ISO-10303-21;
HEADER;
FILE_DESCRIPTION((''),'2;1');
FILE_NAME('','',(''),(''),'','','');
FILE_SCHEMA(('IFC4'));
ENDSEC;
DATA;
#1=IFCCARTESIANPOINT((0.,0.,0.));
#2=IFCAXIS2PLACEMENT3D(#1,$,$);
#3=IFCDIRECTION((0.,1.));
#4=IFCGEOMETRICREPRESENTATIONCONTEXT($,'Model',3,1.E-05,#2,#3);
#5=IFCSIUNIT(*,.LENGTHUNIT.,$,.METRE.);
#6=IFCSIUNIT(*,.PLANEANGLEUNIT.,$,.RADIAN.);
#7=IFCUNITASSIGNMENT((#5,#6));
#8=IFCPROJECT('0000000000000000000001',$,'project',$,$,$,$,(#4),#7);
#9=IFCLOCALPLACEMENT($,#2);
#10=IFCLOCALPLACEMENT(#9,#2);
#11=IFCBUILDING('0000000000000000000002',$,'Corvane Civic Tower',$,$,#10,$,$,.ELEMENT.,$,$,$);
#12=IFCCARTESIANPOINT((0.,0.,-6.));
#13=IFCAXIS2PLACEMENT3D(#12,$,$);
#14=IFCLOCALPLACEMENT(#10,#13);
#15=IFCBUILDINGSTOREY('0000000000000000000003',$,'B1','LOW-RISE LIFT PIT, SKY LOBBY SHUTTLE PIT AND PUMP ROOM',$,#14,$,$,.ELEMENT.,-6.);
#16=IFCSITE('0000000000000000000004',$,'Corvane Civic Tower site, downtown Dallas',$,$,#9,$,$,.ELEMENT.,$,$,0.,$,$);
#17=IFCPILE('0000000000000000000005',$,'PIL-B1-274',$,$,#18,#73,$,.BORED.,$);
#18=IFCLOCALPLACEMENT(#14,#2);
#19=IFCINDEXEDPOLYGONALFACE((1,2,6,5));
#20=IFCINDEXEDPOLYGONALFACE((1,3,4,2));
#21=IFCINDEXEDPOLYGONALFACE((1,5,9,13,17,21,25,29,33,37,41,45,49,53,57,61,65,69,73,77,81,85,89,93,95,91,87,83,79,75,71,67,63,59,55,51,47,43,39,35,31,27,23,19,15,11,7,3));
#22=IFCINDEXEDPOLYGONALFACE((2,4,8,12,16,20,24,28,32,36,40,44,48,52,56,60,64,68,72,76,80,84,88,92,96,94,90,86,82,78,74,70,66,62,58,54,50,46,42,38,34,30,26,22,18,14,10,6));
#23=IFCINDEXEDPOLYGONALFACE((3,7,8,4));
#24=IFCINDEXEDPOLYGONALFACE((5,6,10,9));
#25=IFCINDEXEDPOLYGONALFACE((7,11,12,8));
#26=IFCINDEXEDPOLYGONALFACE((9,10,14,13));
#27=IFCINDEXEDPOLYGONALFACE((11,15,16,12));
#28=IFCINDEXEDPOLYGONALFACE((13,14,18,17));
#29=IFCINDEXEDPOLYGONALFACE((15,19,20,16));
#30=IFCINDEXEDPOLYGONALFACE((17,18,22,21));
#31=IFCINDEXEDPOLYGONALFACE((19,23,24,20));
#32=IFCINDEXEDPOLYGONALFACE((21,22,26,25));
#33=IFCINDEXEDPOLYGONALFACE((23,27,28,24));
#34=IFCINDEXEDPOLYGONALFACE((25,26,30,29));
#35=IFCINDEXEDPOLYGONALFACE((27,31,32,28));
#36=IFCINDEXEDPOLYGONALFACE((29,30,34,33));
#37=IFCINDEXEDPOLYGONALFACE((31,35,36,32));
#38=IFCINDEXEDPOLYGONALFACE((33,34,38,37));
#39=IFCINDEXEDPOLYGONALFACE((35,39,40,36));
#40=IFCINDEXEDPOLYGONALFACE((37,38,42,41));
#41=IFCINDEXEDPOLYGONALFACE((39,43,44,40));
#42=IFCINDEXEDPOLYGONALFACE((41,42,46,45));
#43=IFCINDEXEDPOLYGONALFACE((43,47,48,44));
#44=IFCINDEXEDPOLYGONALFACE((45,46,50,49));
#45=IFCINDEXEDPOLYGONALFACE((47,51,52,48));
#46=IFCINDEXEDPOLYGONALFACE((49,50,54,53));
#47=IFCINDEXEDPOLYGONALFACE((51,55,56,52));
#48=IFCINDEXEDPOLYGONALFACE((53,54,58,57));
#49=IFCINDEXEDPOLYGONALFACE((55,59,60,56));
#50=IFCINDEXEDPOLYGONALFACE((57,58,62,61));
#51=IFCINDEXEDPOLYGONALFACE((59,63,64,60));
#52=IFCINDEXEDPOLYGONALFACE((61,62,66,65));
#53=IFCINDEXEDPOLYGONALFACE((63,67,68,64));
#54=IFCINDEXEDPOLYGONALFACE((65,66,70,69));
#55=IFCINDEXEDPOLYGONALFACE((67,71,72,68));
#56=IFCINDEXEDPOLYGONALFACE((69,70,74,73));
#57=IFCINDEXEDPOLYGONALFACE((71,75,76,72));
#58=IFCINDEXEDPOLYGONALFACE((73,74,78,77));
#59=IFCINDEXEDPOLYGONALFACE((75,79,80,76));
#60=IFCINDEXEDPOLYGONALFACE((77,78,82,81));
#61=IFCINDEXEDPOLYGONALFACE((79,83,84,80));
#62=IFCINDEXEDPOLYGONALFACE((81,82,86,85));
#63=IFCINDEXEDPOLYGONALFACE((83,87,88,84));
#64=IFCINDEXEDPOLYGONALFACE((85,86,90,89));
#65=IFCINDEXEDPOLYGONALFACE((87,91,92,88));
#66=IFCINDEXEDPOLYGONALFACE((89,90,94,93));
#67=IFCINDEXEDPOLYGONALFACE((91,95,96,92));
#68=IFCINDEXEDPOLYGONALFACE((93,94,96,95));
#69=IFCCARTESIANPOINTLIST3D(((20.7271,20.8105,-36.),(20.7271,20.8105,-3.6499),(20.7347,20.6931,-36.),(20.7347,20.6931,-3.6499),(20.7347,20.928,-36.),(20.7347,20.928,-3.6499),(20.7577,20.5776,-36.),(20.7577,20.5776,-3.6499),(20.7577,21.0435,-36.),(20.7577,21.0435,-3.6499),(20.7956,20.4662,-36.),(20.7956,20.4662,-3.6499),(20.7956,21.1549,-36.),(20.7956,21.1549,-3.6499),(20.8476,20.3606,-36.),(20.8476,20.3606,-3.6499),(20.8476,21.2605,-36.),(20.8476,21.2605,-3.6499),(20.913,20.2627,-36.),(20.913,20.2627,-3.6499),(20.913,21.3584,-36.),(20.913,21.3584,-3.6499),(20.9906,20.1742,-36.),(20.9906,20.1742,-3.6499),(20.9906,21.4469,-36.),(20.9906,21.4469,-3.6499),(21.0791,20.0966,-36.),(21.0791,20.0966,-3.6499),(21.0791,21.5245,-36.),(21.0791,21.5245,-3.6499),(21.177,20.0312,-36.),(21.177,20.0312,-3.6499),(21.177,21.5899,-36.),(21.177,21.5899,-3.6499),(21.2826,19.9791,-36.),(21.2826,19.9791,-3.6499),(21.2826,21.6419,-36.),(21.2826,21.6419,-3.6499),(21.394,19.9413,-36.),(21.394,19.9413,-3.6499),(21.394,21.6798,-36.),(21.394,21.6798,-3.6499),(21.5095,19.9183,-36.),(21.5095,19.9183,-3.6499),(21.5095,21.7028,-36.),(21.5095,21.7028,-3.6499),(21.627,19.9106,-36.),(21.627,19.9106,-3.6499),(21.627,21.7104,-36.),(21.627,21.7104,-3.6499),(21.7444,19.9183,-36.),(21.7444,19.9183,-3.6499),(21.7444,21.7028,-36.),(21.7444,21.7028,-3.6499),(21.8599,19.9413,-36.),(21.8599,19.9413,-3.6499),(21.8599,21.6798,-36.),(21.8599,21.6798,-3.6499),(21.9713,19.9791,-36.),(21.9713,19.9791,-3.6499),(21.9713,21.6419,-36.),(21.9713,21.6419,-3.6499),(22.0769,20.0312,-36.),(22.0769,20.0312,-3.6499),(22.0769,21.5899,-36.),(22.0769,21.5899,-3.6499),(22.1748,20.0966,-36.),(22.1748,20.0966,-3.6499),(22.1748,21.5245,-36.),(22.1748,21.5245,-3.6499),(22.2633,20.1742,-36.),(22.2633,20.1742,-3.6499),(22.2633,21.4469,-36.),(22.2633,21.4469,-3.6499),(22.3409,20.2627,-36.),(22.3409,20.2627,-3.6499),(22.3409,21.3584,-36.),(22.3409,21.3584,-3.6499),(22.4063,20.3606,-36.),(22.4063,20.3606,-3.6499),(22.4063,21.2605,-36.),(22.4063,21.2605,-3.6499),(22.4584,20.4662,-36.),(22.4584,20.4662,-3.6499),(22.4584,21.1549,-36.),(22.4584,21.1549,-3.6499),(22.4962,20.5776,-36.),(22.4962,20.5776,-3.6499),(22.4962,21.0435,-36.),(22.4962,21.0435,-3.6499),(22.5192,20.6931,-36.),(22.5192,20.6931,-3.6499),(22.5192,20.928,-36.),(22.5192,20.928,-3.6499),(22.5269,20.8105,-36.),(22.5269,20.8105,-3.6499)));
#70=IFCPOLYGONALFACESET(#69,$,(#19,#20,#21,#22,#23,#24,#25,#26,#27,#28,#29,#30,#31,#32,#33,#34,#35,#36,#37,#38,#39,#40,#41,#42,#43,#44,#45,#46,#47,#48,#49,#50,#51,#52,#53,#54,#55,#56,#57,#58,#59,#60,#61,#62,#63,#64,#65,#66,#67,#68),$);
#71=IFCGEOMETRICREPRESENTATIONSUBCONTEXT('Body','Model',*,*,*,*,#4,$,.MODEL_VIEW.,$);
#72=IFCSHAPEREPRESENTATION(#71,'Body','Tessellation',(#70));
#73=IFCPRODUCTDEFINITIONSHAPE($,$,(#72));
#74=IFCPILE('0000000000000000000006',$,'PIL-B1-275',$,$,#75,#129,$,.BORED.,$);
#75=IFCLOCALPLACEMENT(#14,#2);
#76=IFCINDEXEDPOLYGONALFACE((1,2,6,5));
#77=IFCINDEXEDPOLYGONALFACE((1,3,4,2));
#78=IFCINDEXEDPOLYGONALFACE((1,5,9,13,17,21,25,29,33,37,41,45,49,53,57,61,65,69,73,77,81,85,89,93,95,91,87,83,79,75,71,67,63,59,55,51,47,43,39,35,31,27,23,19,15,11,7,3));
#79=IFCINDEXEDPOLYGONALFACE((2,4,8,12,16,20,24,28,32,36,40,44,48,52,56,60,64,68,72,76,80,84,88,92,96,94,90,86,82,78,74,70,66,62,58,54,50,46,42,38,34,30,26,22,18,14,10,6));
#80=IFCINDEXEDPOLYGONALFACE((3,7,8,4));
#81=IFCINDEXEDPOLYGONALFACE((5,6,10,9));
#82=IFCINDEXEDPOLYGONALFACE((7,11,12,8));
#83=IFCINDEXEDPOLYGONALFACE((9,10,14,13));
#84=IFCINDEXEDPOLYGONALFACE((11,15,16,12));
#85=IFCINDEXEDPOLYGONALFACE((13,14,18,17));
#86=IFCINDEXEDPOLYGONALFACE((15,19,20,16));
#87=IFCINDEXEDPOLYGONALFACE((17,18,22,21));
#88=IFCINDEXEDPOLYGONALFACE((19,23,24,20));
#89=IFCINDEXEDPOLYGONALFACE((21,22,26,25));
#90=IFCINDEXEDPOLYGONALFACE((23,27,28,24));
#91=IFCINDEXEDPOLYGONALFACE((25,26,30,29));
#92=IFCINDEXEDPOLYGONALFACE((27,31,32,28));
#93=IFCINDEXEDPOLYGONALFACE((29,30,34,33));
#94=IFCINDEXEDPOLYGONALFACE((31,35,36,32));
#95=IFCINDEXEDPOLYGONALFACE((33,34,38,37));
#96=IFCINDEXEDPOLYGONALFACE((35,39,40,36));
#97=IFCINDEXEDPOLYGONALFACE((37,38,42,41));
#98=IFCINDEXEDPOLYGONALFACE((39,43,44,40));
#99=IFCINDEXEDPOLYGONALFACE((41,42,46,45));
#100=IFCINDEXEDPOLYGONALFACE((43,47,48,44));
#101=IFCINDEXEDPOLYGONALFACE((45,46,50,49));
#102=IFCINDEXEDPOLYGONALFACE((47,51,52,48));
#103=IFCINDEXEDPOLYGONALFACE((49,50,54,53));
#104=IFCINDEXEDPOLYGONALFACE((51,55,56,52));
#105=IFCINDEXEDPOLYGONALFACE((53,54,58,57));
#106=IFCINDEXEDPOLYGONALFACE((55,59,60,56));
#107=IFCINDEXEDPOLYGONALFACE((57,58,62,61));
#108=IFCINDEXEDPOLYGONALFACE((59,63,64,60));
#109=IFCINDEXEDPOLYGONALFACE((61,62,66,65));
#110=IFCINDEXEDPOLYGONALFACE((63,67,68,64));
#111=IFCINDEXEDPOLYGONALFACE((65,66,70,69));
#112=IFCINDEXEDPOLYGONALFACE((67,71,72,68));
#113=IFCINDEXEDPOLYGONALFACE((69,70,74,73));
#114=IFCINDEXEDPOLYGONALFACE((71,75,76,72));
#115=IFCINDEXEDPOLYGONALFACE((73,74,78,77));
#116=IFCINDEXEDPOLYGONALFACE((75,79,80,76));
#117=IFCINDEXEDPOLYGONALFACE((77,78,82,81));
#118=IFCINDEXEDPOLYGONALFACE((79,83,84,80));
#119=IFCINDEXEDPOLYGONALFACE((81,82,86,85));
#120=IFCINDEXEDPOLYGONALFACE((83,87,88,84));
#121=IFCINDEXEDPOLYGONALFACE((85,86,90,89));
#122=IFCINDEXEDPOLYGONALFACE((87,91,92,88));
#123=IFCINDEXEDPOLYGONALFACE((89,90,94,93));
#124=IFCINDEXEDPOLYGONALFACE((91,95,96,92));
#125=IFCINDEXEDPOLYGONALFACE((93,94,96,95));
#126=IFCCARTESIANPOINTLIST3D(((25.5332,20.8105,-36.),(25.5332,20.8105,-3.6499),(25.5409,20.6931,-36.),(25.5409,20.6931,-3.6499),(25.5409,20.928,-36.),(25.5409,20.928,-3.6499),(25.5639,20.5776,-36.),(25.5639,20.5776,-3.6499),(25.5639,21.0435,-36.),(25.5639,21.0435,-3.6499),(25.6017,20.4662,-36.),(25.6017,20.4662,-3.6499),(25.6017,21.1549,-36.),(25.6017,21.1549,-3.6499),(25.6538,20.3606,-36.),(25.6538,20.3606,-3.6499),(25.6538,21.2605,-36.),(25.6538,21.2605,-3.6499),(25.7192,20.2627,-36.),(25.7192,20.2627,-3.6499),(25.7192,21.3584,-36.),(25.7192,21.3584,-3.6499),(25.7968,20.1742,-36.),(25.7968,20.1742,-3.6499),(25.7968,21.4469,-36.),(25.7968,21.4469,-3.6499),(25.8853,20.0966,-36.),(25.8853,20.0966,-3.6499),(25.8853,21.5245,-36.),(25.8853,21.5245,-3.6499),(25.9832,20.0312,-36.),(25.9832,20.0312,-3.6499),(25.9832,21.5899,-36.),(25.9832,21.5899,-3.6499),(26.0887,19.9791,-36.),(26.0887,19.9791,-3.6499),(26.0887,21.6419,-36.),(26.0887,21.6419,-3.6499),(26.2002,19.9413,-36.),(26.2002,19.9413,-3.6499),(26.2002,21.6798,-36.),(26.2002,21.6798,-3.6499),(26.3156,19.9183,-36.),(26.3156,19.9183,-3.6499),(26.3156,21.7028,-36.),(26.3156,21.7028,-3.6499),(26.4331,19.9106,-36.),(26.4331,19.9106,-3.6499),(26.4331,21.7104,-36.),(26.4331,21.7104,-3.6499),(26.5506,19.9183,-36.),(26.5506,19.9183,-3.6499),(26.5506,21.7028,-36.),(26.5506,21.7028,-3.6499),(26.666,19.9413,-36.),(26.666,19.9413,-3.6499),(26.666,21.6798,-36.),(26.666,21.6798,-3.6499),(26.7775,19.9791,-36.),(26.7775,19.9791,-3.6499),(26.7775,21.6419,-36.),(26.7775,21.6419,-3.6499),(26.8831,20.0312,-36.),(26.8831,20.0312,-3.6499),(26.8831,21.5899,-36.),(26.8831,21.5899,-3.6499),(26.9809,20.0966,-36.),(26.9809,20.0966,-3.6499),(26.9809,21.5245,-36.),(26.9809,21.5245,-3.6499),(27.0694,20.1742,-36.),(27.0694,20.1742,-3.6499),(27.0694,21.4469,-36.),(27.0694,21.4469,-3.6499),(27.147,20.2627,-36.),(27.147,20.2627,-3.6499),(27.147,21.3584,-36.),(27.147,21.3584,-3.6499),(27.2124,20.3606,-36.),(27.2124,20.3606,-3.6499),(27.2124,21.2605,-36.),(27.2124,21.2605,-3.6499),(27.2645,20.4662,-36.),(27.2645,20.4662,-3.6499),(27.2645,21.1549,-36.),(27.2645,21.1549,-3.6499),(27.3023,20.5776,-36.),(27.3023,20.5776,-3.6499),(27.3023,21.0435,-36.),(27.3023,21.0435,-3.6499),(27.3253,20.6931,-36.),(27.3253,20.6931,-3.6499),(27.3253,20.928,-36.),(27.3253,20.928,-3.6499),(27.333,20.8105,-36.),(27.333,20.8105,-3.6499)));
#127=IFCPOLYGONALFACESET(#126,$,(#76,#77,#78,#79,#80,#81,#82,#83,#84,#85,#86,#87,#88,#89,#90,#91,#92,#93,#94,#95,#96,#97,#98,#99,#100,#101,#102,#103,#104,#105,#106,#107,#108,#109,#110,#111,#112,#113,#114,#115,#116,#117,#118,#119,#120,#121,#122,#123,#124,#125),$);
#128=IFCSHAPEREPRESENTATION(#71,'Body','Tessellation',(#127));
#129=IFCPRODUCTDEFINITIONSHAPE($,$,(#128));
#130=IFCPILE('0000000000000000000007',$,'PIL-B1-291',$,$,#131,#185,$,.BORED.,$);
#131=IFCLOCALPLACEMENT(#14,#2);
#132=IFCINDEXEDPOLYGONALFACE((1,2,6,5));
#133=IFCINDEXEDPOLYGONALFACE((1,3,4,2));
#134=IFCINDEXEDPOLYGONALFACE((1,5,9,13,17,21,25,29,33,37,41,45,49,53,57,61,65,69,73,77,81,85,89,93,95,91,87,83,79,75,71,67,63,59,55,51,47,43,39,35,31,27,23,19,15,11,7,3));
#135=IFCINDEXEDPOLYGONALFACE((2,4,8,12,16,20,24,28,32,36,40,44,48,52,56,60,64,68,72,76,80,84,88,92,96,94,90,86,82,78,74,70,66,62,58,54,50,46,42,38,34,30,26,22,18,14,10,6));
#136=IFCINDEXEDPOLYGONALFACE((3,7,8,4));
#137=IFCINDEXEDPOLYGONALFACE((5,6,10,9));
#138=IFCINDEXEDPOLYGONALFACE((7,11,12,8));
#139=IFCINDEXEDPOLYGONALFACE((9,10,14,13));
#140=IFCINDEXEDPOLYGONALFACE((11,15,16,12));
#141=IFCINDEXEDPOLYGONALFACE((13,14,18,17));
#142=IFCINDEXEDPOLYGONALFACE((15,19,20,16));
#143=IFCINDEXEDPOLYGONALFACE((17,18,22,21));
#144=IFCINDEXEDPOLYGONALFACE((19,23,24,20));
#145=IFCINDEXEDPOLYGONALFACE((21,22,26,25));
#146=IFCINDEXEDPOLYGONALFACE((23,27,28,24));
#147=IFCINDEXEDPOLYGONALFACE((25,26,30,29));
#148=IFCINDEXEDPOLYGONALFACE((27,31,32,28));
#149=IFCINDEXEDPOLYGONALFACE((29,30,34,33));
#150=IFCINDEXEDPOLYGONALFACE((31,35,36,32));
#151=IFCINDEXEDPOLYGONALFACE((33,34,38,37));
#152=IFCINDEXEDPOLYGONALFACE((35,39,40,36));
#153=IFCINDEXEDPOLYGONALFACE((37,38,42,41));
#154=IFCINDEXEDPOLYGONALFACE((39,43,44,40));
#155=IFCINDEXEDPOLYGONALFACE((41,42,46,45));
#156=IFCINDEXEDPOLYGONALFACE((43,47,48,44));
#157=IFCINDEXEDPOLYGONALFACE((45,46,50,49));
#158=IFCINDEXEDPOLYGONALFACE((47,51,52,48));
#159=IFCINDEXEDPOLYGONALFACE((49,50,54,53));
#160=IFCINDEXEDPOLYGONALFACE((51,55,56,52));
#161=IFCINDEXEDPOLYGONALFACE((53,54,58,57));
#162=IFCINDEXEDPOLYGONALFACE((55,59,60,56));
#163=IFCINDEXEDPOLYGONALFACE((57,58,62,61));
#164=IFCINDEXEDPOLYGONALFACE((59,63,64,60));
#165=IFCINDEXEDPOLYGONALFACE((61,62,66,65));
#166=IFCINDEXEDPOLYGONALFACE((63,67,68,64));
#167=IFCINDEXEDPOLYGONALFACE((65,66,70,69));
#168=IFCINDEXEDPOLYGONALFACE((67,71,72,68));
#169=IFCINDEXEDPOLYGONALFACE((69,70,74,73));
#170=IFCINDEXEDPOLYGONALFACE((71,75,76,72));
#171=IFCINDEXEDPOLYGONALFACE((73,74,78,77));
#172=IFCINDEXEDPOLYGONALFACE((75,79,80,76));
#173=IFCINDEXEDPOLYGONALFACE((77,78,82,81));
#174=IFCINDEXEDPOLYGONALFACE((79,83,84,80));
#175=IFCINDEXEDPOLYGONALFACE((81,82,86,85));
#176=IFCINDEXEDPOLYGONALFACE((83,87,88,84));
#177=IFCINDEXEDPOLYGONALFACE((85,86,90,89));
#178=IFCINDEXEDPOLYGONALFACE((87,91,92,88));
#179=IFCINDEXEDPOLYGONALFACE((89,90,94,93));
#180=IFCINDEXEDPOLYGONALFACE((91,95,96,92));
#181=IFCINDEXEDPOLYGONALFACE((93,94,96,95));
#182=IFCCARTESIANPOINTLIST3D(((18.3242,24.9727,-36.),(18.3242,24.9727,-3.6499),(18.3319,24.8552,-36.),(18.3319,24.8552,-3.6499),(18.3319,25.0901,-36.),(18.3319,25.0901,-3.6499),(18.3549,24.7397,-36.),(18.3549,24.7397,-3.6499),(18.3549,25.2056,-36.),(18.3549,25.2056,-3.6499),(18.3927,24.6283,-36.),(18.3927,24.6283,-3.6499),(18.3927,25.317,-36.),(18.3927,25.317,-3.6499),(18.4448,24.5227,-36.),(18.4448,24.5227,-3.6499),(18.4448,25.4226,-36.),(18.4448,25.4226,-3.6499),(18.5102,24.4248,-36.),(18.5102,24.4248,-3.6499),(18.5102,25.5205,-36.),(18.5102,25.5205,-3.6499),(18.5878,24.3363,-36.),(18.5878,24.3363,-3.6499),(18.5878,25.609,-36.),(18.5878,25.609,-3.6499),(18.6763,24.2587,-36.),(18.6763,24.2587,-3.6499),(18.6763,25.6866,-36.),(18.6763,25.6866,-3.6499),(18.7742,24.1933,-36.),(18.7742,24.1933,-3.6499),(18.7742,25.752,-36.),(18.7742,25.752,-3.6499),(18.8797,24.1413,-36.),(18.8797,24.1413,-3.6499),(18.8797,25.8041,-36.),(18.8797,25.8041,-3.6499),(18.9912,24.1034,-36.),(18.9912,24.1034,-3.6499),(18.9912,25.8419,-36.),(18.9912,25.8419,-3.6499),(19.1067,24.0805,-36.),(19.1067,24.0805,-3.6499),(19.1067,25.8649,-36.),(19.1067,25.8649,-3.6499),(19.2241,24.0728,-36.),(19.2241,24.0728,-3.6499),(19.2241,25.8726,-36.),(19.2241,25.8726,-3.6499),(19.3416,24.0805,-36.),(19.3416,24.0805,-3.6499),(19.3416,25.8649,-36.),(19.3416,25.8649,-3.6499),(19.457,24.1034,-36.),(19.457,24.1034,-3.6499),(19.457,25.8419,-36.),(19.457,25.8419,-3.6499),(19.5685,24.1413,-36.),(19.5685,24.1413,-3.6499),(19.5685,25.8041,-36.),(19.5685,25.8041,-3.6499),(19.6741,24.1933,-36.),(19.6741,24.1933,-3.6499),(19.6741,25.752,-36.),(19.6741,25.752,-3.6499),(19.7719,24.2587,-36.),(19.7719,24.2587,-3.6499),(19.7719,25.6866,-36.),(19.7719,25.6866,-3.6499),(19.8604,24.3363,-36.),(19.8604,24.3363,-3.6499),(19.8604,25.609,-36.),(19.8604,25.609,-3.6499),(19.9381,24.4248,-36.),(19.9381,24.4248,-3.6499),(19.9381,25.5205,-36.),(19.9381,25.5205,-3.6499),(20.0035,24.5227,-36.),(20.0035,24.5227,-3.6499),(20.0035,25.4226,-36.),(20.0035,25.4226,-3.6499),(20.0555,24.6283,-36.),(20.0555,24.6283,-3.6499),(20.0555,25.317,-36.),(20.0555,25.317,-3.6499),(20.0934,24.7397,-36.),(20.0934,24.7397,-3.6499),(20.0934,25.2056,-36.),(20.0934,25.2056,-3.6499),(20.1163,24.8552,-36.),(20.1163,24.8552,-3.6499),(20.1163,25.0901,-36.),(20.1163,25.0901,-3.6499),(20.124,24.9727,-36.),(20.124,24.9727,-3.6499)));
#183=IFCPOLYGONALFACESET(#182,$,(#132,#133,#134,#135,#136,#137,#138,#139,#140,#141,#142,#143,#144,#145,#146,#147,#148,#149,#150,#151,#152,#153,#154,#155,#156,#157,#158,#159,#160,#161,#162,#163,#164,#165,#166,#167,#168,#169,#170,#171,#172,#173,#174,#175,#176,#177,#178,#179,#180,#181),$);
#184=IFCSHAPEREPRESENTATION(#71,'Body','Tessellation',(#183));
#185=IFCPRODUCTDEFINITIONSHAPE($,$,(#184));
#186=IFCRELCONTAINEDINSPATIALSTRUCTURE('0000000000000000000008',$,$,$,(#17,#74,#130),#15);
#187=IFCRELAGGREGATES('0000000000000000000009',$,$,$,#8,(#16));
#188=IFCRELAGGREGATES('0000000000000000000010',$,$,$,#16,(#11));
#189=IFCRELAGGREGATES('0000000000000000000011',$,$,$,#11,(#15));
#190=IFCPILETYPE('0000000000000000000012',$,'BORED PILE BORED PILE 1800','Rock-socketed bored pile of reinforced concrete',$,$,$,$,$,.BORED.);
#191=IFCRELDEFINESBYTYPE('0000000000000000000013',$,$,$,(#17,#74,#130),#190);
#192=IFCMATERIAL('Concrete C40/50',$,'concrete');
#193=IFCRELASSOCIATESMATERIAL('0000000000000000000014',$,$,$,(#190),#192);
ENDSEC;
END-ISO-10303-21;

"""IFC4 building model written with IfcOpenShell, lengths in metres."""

from ifc_helpers import new_model, si_unit, direction, frame, origin, origin_2d, place, context, subcontext, project, spatial, circle, extrude, material, material_profile, profile_set, type_object, element, save


model = new_model("IFC4")

# Units and contexts
model_context = context("Model", 3, precision=1e-05, world=origin(), true_north=direction((0.0, 1.0)))
body_context = subcontext(model_context, "Body", "Model", "MODEL_VIEW")
ifc_project = project(units=[si_unit("LENGTHUNIT", "METRE"), si_unit("PLANEANGLEUNIT", "RADIAN")], contexts=[model_context])

# Site, building, storey
site_placement = place(None, origin())
site = spatial("IfcSite", under=ifc_project, at=site_placement, Name="Corvane Civic Tower site, downtown Dallas", CompositionType="ELEMENT", RefElevation=0.0)
building_placement = place(site_placement, origin())
building = spatial("IfcBuilding", under=site, at=building_placement, Name="Corvane Civic Tower", CompositionType="ELEMENT")
storey_placement = place(building_placement, frame((0.0, 0.0, -6.0)))
storey = spatial("IfcBuildingStorey", under=building, at=storey_placement, Name="B1", Description="LOW-RISE LIFT PIT, SKY LOBBY SHUTTLE PIT AND PUMP ROOM", CompositionType="ELEMENT", Elevation=-6.0)

# Piles
ifc_material_1 = material(Name="Concrete C40/50", Category="concrete")
ifc_material_profile_1 = material_profile(ifc_material_1, circle(Radius=0.8999, at=origin_2d()), Name="BORED PILE 1800")
ifc_profile_set_1 = profile_set([ifc_material_profile_1], Name="Concrete C40/50")
pile_type_1 = type_object("IfcPileType", Name="BORED PILE BORED PILE 1800", Description="Rock-socketed bored pile of reinforced concrete", PredefinedType="BORED", material=ifc_profile_set_1)
for number, where, z_axis, x_axis, name in (
    (1, (21.627, 20.8105, -3.6499), (0.0, 0.0, -1.0), (1.0, 0.0, 0.0), "PIL-B1-274"),
    (2, (26.4331, 20.8105, -3.6499), (0.0, 0.0, -1.0), (1.0, 0.0, 0.0), "PIL-B1-275"),
    (3, (19.2241, 24.9727, -3.6499), (0.0, 0.0, -1.0), (1.0, 0.0, 0.0), "PIL-B1-291"),
):
    element("IfcPile", number, at=place(storey_placement, frame(where, z_axis=z_axis, x_axis=x_axis)), inside=storey, type_object=pile_type_1, Name=name, PredefinedType="BORED", context=body_context, shape_type="SweptSolid", body=[
        extrude(circle(Radius=0.8999, at=origin_2d()), origin(), (0.0, 0.0, 1.0), 32.3501),
    ])

save(model, "model.ifc")
